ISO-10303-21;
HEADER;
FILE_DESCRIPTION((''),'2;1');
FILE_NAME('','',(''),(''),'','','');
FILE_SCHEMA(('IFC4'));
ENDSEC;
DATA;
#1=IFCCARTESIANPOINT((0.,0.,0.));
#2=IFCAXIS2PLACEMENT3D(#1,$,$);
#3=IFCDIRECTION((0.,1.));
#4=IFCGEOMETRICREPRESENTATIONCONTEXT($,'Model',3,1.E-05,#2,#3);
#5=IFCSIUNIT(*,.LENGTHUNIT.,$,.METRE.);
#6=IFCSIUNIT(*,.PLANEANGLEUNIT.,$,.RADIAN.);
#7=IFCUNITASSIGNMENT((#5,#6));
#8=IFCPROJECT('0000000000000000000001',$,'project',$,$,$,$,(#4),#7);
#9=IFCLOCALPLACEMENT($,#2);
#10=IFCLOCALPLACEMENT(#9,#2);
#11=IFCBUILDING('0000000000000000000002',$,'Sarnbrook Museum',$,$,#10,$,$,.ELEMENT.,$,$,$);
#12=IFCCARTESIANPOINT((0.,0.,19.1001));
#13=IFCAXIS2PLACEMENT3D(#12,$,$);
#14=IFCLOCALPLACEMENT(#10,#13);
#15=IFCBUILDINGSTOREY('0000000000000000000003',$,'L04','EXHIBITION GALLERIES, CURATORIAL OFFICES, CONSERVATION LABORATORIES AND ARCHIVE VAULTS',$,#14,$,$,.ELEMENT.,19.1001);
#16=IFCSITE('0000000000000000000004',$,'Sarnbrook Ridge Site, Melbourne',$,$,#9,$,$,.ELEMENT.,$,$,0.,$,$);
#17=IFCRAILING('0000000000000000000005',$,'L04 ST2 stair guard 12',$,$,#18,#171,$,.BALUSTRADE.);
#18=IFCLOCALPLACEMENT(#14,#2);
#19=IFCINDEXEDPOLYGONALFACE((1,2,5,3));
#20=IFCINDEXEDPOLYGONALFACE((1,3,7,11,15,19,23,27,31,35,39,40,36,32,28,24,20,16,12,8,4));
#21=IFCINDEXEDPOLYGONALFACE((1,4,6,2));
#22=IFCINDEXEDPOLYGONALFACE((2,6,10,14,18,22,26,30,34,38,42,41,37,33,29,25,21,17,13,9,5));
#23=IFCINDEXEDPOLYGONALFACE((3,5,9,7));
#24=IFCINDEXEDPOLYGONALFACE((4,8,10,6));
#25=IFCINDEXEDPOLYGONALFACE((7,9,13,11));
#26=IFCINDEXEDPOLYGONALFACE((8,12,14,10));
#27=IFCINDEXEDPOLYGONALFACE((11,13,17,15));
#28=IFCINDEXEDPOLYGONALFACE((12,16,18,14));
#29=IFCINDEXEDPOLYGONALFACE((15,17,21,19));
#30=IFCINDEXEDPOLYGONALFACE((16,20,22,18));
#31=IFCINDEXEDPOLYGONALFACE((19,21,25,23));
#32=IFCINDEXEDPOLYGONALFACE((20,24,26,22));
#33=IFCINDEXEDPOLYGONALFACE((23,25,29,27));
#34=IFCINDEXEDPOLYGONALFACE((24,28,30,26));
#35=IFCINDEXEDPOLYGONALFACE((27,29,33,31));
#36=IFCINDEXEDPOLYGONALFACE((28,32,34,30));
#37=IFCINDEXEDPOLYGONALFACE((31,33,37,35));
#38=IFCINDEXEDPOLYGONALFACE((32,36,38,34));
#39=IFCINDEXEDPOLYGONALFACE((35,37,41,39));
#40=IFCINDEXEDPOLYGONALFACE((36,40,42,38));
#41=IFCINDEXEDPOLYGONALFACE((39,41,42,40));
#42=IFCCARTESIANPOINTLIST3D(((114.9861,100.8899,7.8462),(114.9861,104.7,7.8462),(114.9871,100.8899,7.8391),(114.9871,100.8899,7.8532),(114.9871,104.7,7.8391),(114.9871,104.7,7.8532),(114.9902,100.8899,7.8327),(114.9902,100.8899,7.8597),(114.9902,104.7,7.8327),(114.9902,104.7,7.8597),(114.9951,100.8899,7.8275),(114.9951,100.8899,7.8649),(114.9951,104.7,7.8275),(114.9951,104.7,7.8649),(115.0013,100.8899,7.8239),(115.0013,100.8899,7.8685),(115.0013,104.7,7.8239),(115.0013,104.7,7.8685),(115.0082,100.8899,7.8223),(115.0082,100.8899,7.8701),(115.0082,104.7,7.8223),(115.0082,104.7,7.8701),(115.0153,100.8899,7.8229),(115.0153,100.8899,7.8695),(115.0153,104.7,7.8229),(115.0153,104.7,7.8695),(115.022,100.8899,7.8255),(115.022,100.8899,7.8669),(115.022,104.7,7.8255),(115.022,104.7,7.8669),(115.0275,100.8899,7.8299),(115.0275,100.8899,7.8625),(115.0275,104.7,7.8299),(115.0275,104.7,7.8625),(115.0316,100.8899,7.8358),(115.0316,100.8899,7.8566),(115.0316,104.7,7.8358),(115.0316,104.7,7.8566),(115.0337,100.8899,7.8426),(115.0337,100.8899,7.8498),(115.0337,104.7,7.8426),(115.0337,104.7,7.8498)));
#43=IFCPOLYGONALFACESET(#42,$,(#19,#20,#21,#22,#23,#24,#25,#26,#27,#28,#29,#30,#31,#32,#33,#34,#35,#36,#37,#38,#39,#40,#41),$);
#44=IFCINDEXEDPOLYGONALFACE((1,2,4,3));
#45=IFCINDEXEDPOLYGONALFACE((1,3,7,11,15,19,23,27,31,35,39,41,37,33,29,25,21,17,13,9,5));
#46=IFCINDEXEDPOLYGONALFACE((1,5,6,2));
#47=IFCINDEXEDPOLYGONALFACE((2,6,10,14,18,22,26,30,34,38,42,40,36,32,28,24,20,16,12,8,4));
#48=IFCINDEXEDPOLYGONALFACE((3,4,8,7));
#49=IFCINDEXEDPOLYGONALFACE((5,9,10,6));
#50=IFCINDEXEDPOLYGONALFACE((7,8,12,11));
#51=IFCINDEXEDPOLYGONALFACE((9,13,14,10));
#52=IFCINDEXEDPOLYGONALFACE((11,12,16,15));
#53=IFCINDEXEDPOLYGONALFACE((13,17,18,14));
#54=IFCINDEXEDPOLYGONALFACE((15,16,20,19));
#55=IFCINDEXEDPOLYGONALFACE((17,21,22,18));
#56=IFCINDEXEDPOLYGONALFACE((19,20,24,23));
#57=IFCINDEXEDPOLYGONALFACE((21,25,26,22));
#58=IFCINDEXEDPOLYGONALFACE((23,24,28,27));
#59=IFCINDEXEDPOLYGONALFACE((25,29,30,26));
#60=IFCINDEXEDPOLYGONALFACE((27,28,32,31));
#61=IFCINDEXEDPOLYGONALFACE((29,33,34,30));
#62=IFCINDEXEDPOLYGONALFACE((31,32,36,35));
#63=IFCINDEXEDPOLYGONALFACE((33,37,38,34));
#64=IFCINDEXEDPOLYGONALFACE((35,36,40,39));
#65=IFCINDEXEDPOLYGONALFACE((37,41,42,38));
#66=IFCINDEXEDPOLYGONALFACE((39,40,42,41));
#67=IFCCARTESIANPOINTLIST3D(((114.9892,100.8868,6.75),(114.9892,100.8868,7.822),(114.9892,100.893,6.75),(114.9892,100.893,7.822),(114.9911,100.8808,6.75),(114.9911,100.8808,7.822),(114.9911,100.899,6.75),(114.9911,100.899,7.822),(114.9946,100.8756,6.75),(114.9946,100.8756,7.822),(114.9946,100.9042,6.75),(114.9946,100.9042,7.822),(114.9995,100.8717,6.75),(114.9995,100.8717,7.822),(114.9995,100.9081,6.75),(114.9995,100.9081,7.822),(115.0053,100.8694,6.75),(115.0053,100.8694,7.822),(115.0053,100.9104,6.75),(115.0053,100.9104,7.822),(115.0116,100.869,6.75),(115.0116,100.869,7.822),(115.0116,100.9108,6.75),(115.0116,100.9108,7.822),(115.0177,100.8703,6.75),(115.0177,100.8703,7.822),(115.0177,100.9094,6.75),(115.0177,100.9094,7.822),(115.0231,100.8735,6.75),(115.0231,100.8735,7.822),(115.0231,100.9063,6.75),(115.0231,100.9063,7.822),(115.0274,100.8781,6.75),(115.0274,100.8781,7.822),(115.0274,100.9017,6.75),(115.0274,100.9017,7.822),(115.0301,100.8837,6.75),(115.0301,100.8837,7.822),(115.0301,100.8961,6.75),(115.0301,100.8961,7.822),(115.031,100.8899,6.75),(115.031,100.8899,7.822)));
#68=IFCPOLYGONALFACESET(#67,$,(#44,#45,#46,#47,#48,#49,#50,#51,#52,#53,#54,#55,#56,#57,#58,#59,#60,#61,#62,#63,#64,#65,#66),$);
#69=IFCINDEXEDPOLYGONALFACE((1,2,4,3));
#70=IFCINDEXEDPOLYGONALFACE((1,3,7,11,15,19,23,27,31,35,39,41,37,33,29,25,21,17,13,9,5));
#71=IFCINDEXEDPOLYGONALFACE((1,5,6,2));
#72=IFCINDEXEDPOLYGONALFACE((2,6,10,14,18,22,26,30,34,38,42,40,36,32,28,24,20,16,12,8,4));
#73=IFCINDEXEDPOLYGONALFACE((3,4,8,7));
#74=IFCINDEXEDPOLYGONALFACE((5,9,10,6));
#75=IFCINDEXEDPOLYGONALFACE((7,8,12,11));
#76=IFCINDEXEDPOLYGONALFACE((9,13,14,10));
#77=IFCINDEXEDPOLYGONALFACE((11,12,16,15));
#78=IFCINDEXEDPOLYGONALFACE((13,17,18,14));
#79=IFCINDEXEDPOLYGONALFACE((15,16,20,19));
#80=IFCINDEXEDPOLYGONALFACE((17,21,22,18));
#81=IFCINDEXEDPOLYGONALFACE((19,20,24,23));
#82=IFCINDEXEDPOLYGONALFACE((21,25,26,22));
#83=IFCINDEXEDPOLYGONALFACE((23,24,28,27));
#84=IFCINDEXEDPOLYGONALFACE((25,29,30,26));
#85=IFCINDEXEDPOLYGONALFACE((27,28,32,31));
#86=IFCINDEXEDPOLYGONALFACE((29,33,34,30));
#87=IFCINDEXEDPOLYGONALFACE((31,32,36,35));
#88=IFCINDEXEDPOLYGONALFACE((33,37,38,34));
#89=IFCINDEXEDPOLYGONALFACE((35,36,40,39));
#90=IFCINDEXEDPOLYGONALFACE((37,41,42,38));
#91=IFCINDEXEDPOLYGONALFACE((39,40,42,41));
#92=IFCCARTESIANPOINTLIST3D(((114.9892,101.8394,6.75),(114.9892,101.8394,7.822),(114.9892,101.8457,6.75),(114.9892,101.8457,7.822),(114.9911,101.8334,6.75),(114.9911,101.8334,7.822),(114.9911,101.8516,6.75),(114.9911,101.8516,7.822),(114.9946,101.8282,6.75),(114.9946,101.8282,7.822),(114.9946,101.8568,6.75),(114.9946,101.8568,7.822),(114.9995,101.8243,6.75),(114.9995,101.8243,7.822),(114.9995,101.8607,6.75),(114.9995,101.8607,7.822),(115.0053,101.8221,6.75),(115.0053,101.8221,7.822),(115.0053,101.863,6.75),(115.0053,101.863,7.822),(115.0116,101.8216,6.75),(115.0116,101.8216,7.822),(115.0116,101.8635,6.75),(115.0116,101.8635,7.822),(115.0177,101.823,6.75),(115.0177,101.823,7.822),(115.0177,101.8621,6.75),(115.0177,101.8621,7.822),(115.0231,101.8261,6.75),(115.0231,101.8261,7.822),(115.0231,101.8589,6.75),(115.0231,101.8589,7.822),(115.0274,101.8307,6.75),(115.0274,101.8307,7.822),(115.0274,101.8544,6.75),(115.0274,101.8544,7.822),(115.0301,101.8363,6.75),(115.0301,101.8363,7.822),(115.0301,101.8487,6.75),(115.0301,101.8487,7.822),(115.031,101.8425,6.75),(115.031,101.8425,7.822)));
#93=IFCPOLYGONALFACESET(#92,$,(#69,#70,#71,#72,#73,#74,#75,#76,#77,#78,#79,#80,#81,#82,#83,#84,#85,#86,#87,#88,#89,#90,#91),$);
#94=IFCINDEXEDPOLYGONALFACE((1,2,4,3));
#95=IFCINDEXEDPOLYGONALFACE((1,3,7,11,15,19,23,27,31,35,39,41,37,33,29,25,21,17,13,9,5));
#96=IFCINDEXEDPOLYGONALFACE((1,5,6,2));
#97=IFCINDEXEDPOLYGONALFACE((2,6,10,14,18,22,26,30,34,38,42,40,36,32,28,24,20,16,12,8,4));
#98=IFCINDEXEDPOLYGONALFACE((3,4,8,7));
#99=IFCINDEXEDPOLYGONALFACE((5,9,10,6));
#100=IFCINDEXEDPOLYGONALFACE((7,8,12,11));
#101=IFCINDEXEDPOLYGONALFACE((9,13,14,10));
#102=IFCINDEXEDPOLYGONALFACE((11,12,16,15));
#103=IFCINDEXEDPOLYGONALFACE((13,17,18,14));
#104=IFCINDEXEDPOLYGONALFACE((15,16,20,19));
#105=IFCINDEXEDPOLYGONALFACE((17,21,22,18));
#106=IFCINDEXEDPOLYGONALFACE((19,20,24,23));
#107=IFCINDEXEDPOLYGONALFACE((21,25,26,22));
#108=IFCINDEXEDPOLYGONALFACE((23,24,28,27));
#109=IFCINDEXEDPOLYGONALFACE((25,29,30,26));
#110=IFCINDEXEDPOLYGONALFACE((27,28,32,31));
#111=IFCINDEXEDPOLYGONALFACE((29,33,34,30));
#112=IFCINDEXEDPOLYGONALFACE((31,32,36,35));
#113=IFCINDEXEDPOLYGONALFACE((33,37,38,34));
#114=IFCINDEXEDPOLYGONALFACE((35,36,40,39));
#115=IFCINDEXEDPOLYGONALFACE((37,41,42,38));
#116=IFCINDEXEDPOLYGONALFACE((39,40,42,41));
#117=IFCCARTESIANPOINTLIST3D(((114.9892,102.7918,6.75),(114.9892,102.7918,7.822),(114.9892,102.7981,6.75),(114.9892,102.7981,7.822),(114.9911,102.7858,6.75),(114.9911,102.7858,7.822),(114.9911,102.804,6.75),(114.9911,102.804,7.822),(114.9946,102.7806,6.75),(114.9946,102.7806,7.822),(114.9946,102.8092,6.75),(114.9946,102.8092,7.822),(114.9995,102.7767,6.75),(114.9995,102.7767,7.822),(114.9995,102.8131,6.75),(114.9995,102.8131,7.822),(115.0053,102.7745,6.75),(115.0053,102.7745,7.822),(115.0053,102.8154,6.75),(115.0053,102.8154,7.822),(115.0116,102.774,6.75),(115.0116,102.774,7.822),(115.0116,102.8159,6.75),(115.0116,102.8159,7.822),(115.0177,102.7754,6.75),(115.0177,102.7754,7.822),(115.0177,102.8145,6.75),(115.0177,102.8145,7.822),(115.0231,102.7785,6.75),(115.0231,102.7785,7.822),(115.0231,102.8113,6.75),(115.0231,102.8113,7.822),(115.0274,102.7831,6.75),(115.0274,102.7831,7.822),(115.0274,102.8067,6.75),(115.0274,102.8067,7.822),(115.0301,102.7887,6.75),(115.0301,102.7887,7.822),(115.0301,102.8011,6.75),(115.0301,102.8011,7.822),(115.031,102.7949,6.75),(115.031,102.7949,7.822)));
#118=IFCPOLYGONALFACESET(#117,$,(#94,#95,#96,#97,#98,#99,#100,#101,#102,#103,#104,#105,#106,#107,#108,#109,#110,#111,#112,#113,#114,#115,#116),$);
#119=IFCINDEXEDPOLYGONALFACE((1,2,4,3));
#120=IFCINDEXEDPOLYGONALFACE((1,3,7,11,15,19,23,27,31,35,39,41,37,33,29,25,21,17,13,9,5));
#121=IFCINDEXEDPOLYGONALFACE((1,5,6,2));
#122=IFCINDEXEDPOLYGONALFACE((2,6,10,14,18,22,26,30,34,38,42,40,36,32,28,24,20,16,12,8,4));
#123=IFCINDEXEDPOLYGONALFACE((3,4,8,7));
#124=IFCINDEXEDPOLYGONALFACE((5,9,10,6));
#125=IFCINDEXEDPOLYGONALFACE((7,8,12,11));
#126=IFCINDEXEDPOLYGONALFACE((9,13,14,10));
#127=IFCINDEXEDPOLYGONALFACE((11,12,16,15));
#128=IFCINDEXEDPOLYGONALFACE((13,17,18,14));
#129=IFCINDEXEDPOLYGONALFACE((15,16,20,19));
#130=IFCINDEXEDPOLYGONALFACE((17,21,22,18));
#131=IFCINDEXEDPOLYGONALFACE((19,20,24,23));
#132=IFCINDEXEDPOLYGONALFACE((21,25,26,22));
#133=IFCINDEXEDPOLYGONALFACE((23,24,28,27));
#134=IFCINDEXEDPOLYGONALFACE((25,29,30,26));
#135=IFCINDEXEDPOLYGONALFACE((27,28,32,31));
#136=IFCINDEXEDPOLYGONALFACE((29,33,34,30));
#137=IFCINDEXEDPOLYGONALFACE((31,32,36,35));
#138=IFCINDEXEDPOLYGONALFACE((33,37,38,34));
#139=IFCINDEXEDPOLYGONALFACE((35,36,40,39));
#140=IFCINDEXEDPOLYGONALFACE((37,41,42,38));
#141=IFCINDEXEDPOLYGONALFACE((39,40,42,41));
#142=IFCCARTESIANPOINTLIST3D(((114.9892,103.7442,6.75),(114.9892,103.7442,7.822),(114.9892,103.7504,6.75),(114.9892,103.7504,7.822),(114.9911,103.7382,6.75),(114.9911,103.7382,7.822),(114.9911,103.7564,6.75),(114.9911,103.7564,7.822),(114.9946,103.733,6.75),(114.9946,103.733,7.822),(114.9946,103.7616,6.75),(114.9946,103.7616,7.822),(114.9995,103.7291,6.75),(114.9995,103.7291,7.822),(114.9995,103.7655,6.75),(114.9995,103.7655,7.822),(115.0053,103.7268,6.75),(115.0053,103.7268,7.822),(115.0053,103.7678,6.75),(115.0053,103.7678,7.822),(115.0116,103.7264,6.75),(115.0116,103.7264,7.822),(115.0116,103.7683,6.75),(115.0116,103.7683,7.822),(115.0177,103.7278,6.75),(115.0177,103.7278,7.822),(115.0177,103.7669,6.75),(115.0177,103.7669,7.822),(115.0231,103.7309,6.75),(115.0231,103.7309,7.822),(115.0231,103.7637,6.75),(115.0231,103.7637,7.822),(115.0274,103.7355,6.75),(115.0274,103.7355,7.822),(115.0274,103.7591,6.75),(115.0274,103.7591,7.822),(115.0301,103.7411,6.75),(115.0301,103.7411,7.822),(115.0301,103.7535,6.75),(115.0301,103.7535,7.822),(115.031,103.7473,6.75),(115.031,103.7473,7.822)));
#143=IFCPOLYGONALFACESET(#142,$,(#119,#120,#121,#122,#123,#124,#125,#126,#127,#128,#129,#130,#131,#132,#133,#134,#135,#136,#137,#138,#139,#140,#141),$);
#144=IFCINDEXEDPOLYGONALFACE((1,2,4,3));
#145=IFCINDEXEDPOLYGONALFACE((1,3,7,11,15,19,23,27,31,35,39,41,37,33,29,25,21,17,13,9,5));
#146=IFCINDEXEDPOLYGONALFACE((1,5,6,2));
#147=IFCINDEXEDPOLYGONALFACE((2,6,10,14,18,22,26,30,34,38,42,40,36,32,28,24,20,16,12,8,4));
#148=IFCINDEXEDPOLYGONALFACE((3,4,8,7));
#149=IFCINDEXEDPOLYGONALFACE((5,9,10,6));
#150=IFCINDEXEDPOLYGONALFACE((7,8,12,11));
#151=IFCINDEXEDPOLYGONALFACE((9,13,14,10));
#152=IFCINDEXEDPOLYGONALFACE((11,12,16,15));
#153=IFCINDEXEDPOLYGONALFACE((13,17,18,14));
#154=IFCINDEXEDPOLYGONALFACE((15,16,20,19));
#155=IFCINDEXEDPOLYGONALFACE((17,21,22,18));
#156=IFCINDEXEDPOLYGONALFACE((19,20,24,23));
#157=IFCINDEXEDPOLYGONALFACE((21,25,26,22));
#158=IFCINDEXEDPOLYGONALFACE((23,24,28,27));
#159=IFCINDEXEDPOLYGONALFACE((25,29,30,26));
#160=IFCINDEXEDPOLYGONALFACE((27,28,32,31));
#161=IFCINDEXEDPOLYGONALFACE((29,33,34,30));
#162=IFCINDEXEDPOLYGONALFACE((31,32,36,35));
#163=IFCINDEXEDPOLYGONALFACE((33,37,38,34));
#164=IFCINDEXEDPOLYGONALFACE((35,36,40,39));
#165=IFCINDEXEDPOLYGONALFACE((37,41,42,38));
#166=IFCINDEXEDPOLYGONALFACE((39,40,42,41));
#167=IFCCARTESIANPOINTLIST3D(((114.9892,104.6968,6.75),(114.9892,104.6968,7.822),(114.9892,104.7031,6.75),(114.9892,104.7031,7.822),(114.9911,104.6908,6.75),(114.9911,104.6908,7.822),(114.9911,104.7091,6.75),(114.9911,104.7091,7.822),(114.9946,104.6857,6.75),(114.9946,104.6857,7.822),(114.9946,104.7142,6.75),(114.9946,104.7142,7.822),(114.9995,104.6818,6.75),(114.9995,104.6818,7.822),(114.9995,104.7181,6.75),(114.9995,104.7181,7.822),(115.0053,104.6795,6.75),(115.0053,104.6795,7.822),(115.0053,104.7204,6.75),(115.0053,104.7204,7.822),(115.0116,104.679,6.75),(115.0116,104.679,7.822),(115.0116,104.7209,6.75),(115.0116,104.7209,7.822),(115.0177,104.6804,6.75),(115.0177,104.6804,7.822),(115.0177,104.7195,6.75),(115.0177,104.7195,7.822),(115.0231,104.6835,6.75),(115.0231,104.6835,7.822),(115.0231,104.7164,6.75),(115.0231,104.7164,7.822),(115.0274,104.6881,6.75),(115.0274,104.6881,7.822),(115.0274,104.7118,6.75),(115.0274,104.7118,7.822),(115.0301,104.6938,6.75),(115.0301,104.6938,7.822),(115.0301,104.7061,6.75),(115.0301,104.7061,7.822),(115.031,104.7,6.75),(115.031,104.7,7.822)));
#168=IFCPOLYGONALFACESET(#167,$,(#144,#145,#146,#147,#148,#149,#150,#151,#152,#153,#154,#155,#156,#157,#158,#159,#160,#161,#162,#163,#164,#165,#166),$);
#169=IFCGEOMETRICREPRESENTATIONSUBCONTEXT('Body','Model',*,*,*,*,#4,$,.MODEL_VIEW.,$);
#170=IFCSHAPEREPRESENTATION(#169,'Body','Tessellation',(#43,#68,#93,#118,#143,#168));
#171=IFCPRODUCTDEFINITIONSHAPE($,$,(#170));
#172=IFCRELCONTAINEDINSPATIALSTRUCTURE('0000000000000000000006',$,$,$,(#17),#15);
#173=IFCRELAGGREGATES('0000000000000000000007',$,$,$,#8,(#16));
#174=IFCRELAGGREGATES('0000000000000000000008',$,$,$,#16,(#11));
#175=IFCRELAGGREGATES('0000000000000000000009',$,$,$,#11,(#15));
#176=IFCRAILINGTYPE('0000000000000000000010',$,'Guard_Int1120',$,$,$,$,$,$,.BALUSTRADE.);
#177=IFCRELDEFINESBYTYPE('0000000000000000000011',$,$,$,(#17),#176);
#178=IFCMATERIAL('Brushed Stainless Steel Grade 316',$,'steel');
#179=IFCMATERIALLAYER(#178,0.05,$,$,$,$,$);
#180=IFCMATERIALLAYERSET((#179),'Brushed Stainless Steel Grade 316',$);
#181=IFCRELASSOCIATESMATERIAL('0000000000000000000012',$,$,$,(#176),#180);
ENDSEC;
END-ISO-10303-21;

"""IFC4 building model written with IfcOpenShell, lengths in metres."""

from ifc_helpers import new_model, si_unit, direction, frame, origin, origin_2d, place, context, subcontext, project, spatial, circle, extrude, material, layer, layer_set, type_object, element, save


model = new_model("IFC4")

# Units and contexts
model_context = context("Model", 3, precision=1e-05, world=origin(), true_north=direction((0.0, 1.0)))
body_context = subcontext(model_context, "Body", "Model", "MODEL_VIEW")
ifc_project = project(units=[si_unit("LENGTHUNIT", "METRE"), si_unit("PLANEANGLEUNIT", "RADIAN")], contexts=[model_context])

# Site, building, storey
site_placement = place(None, origin())
site = spatial("IfcSite", under=ifc_project, at=site_placement, Name="Sarnbrook Ridge Site, Melbourne", CompositionType="ELEMENT", RefElevation=0.0)
building_placement = place(site_placement, origin())
building = spatial("IfcBuilding", under=site, at=building_placement, Name="Sarnbrook Museum", CompositionType="ELEMENT")
storey_placement = place(building_placement, frame((0.0, 0.0, 19.1001)))
storey = spatial("IfcBuildingStorey", under=building, at=storey_placement, Name="L04", Description="EXHIBITION GALLERIES, CURATORIAL OFFICES, CONSERVATION LABORATORIES AND ARCHIVE VAULTS", CompositionType="ELEMENT", Elevation=19.1001)

# Shared definitions
ifc_material_1 = material(Name="Brushed Stainless Steel Grade 316", Category="steel")

# Railing
ifc_layer_1 = layer(ifc_material_1, 0.05)
ifc_layer_set_1 = layer_set([ifc_layer_1], Name="Brushed Stainless Steel Grade 316")
railing_type_1 = type_object("IfcRailingType", Name="Guard_Int1120", PredefinedType="BALUSTRADE", material=ifc_layer_set_1)
railing_1_placement = place(storey_placement, frame((115.01, 100.8899, 6.75)))
element("IfcRailing", 1, at=railing_1_placement, inside=storey, type_object=railing_type_1, Name="L04 ST2 stair guard 12", PredefinedType="BALUSTRADE", context=body_context, shape_type="SweptSolid", body=[
    extrude(circle(Radius=0.0239, at=origin_2d()), frame((0.0, 0.0, 1.0962), z_axis=(0.0, 1.0, 0.0), x_axis=(-1.0, 0.0, 0.0)), (0.0, 0.0, 1.0), 3.8101),
    extrude(circle(Radius=0.021, at=origin_2d()), origin(), (0.0, 0.0, 1.0), 1.072),
    extrude(circle(Radius=0.021, at=origin_2d()), frame((0.0, 0.9526, 0.0)), (0.0, 0.0, 1.0), 1.072),
    extrude(circle(Radius=0.021, at=origin_2d()), frame((0.0, 1.905, 0.0)), (0.0, 0.0, 1.0), 1.072),
    extrude(circle(Radius=0.021, at=origin_2d()), frame((0.0, 2.8574, 0.0)), (0.0, 0.0, 1.0), 1.072),
    extrude(circle(Radius=0.021, at=origin_2d()), frame((0.0, 3.8101, 0.0)), (0.0, 0.0, 1.0), 1.072),
])

save(model, "model.ifc")
